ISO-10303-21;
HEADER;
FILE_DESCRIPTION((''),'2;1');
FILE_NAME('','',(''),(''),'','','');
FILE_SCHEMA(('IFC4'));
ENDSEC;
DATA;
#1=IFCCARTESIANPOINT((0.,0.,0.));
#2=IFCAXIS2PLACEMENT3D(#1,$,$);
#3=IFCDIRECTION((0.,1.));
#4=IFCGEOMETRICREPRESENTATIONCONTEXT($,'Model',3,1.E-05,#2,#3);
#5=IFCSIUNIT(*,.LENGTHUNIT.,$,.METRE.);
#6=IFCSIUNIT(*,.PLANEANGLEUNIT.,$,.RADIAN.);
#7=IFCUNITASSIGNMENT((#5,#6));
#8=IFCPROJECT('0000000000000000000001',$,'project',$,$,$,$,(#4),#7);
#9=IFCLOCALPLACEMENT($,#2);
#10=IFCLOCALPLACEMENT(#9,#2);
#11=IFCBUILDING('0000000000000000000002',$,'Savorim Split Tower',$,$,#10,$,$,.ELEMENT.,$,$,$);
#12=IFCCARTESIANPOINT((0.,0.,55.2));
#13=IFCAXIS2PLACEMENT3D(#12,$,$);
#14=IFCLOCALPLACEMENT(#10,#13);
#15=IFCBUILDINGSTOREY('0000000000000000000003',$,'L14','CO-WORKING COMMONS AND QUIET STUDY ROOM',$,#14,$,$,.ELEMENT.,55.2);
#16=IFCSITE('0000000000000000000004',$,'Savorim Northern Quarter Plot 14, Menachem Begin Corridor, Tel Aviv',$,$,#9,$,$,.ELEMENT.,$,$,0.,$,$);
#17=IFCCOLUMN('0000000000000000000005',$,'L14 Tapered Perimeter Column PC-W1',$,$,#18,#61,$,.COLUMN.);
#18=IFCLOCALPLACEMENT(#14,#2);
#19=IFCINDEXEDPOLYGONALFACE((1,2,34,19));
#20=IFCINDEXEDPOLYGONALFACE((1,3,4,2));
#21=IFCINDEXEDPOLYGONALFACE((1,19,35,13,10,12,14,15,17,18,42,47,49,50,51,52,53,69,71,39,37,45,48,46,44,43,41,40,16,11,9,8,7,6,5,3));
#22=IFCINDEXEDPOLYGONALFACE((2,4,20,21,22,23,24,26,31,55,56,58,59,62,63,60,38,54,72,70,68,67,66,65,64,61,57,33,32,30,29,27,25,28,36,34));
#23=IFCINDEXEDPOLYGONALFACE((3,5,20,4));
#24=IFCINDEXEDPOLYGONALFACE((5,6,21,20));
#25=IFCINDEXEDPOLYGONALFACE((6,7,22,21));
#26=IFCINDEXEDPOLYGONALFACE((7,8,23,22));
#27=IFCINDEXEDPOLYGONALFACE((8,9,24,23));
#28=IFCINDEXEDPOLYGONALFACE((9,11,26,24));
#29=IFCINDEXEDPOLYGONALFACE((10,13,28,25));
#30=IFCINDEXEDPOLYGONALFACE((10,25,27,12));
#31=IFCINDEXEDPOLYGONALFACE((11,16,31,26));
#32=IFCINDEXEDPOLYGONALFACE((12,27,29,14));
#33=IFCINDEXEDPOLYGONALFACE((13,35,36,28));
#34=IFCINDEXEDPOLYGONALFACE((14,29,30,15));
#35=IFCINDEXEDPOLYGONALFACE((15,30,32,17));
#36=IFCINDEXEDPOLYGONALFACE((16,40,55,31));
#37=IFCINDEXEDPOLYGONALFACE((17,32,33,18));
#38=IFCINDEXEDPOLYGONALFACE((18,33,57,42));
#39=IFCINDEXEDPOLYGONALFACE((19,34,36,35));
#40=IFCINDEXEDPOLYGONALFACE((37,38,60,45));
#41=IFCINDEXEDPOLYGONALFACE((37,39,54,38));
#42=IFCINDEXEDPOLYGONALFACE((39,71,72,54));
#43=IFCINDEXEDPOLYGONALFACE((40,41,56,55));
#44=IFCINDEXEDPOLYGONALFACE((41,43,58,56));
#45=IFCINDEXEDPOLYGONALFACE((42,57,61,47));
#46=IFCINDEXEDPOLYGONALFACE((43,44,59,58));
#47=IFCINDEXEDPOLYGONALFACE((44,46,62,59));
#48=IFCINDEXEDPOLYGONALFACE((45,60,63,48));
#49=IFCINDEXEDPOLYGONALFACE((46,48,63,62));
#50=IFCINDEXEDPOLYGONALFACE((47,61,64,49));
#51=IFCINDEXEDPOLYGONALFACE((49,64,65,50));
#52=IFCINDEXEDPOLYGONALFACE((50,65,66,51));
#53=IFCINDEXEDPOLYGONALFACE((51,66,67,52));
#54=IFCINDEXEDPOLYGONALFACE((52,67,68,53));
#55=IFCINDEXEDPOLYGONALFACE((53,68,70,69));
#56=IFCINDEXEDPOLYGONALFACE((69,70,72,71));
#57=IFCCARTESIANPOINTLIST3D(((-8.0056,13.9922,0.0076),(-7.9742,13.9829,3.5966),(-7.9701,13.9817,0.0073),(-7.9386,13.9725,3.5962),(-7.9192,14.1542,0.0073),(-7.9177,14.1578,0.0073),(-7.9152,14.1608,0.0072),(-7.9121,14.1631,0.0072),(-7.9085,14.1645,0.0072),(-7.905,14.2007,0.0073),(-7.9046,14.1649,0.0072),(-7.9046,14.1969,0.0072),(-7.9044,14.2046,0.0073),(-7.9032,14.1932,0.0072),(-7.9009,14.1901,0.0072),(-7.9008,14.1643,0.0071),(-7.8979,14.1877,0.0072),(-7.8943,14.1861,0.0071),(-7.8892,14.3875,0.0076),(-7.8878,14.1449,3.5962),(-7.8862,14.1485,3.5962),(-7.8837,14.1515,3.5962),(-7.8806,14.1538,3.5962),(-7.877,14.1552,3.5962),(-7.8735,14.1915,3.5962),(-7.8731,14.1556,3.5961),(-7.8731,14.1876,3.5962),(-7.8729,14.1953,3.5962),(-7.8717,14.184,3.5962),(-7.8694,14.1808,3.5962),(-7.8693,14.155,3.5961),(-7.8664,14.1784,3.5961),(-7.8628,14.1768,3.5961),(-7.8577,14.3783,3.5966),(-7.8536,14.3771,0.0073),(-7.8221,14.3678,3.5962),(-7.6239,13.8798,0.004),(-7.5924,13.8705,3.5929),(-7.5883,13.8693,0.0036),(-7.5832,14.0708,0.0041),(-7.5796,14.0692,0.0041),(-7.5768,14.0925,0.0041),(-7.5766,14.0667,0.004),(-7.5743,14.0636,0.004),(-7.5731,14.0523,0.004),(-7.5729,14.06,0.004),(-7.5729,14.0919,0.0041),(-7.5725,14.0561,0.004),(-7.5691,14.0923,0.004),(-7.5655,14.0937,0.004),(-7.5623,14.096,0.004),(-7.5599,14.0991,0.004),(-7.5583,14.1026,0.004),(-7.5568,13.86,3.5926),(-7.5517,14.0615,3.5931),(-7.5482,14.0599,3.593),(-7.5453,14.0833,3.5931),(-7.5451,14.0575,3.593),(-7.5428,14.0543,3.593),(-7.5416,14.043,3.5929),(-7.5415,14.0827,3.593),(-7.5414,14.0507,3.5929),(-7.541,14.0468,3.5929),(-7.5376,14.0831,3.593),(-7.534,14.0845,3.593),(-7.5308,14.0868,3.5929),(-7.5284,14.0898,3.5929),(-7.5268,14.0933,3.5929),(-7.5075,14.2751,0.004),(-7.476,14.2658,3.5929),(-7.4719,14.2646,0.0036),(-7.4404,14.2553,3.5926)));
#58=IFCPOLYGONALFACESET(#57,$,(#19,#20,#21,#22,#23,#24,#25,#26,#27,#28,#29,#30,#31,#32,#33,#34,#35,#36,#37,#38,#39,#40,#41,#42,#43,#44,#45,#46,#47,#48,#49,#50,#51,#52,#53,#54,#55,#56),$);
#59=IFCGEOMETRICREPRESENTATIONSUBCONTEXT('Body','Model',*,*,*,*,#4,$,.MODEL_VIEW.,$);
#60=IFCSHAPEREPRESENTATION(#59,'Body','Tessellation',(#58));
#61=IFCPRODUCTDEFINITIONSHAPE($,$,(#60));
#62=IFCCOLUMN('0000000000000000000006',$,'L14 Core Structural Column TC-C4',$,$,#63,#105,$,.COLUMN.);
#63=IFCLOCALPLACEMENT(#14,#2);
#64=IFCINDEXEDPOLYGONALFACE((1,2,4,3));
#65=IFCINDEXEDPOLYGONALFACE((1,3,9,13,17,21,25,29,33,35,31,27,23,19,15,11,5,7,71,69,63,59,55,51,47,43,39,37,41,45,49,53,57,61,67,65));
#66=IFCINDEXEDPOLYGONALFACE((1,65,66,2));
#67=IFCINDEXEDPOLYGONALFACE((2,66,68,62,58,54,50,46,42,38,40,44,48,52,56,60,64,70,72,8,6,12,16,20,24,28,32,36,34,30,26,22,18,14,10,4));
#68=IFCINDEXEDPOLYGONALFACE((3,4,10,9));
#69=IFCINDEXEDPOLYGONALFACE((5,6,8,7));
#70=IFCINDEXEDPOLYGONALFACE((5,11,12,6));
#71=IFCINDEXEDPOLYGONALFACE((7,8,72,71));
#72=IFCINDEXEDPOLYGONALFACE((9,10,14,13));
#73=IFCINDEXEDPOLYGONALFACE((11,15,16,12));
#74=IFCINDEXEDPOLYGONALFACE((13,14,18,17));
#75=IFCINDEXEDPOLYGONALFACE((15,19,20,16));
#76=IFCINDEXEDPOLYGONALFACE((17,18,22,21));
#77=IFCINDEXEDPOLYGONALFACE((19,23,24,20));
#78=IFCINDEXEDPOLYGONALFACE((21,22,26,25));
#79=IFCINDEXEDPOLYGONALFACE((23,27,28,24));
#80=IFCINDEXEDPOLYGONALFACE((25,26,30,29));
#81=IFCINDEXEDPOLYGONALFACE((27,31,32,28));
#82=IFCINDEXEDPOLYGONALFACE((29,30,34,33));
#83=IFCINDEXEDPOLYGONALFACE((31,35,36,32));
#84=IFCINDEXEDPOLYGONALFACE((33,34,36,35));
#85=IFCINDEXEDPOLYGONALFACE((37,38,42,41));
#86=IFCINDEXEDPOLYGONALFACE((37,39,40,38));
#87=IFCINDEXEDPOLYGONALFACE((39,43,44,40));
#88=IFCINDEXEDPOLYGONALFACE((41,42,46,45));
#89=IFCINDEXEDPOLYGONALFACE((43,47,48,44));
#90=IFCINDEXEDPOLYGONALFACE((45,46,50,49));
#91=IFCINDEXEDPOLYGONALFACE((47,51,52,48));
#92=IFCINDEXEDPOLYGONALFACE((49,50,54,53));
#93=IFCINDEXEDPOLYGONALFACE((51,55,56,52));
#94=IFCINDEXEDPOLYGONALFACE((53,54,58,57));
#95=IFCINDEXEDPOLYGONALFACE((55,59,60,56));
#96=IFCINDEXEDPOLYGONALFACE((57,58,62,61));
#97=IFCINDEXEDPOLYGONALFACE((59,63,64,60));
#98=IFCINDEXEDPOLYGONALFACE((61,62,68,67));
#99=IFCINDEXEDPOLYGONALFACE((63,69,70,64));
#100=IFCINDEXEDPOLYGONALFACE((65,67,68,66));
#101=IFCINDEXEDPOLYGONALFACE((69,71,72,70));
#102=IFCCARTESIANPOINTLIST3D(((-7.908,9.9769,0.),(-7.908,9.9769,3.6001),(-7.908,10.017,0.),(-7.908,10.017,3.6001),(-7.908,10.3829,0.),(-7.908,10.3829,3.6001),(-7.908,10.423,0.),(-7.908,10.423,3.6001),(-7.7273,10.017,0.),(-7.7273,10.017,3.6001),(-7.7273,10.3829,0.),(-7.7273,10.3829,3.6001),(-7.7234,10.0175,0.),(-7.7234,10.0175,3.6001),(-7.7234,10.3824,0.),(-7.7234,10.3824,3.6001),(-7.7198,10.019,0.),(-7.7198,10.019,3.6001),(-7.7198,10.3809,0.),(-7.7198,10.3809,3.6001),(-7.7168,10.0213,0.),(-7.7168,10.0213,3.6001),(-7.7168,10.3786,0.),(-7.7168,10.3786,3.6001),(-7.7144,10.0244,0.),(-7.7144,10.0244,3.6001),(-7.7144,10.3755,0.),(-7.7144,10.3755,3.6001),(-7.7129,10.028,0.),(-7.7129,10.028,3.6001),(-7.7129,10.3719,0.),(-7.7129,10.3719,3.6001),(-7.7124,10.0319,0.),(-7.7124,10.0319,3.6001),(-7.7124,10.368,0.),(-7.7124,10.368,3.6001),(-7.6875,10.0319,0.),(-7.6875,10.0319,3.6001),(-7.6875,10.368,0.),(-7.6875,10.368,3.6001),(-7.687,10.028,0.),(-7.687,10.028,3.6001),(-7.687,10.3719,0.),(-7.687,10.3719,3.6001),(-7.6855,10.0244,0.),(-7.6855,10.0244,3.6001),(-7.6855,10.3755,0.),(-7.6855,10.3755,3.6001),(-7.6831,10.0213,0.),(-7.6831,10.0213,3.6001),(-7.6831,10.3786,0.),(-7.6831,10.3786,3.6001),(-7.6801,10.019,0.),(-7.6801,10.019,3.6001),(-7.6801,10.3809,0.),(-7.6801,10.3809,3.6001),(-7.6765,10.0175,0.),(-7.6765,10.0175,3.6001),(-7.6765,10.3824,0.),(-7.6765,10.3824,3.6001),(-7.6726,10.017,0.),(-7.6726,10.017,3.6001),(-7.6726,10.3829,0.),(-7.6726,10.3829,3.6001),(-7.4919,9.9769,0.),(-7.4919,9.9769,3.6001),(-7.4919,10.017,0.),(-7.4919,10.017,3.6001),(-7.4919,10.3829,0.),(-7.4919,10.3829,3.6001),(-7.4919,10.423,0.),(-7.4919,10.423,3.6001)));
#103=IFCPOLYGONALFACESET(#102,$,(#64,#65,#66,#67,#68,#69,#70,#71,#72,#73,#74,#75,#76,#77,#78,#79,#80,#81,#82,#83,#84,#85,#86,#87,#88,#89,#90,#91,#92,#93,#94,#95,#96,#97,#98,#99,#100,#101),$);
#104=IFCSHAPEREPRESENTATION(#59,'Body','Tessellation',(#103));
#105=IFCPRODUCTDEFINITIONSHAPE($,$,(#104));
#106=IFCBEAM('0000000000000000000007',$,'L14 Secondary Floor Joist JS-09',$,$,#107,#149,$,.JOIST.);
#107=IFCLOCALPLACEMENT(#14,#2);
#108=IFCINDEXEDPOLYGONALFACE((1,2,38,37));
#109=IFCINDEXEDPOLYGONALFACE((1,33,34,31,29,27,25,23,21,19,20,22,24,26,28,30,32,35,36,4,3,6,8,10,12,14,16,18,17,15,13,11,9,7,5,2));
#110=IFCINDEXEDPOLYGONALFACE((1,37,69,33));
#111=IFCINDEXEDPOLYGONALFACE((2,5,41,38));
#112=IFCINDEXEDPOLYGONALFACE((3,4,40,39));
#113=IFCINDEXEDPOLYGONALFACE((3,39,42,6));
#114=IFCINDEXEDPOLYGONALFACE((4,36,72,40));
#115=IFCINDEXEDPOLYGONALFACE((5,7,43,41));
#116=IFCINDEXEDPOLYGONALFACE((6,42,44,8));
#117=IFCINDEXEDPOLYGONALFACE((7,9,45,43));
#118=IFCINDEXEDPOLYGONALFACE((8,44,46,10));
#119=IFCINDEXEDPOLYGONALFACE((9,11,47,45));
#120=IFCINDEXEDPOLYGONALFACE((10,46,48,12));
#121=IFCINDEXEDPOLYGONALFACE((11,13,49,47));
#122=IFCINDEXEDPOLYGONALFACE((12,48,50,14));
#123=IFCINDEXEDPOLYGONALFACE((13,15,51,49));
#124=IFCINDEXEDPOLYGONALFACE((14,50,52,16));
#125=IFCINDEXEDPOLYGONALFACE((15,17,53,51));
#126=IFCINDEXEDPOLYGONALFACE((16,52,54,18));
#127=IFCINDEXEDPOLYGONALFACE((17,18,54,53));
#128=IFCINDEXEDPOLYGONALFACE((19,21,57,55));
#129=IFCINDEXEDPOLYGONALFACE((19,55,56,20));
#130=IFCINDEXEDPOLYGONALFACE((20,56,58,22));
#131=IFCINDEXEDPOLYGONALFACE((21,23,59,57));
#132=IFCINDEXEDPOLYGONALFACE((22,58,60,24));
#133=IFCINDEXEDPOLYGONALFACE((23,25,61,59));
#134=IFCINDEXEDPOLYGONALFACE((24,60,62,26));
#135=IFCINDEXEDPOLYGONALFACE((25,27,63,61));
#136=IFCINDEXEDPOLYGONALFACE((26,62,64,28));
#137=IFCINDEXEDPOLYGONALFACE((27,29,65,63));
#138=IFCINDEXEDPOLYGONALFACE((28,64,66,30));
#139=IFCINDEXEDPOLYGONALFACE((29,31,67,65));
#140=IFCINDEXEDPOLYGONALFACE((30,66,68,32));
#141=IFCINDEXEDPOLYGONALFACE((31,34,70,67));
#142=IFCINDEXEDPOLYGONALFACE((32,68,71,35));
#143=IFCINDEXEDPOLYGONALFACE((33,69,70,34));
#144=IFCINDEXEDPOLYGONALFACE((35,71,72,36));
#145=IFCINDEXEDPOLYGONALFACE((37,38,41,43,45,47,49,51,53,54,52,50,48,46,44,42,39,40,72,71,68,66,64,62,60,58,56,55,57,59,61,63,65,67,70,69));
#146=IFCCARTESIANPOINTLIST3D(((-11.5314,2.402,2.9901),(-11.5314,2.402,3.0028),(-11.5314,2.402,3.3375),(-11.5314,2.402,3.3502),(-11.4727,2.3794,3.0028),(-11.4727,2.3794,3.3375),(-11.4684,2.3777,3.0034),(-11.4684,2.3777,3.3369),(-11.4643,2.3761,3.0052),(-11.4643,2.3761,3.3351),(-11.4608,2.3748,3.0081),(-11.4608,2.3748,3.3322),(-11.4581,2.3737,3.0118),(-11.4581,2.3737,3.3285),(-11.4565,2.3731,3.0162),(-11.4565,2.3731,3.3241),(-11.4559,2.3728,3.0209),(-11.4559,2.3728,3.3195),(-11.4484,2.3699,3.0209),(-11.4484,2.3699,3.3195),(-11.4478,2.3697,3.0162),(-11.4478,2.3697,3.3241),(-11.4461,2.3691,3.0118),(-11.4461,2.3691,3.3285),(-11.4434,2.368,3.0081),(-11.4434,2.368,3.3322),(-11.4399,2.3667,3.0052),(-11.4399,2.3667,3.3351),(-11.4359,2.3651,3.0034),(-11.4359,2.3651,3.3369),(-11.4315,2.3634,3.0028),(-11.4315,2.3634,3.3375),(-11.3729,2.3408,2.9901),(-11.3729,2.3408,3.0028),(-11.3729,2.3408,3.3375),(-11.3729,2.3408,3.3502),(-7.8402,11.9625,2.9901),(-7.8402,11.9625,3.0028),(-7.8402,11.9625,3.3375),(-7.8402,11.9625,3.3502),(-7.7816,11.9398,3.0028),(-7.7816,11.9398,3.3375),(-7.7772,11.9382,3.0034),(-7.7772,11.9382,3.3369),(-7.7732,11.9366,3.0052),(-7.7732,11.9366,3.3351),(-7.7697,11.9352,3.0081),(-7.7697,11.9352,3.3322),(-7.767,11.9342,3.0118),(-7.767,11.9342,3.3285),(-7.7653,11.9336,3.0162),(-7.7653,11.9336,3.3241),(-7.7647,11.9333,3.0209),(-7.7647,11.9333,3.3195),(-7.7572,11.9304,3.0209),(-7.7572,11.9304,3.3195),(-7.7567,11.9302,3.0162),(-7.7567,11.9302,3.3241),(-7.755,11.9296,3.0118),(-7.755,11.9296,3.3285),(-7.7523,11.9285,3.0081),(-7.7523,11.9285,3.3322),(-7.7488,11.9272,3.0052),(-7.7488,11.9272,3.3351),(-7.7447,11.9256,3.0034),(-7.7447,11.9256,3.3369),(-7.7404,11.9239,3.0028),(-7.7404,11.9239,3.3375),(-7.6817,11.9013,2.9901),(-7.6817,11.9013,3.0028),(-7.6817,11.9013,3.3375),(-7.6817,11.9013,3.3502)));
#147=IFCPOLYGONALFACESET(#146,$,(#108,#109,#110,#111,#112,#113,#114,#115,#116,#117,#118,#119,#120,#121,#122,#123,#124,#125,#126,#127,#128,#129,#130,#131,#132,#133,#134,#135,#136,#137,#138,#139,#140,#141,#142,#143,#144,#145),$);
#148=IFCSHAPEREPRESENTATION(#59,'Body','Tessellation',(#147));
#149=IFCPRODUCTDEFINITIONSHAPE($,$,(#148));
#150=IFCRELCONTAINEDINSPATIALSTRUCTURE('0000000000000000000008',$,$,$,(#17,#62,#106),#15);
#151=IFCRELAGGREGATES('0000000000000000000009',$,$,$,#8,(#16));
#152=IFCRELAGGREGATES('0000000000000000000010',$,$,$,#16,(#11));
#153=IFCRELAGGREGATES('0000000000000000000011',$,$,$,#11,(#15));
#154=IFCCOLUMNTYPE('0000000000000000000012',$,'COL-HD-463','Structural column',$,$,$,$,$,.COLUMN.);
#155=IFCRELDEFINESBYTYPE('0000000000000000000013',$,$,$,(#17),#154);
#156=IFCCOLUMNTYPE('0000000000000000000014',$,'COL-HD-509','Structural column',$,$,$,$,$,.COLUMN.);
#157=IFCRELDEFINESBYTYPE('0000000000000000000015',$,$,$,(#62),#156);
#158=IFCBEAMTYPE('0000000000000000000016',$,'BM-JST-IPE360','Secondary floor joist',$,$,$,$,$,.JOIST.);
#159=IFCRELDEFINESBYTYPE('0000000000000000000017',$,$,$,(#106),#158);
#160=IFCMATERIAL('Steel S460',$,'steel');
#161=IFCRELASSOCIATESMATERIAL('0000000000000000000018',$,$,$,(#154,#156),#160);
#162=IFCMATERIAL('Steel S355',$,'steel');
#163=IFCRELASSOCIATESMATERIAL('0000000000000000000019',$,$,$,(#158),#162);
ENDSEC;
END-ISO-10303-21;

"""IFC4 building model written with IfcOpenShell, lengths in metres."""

from ifc_helpers import new_model, si_unit, direction, frame, origin, origin_2d, place, context, subcontext, project, spatial, i_section, extrude, material, material_profile, profile_set, type_object, element, save


model = new_model("IFC4")

# Units and contexts
model_context = context("Model", 3, precision=1e-05, world=origin(), true_north=direction((0.0, 1.0)))
body_context = subcontext(model_context, "Body", "Model", "MODEL_VIEW")
ifc_project = project(units=[si_unit("LENGTHUNIT", "METRE"), si_unit("PLANEANGLEUNIT", "RADIAN")], contexts=[model_context])

# Site, building, storey
site_placement = place(None, origin())
site = spatial("IfcSite", under=ifc_project, at=site_placement, Name="Savorim Northern Quarter Plot 14, Menachem Begin Corridor, Tel Aviv", CompositionType="ELEMENT", RefElevation=0.0)
building_placement = place(site_placement, origin())
building = spatial("IfcBuilding", under=site, at=building_placement, Name="Savorim Split Tower", CompositionType="ELEMENT")
storey_placement = place(building_placement, frame((0.0, 0.0, 55.2)))
storey = spatial("IfcBuildingStorey", under=building, at=storey_placement, Name="L14", Description="CO-WORKING COMMONS AND QUIET STUDY ROOM", CompositionType="ELEMENT", Elevation=55.2)

# Columns
ifc_material_1 = material(Name="Steel S460", Category="steel")
ifc_material_profile_1 = material_profile(ifc_material_1, i_section(OverallWidth=0.4121, OverallDepth=0.4351, WebThickness=0.0227, FlangeThickness=0.0371, FilletRadius=0.0149, at=origin_2d()), Name="HD 400x463")
ifc_profile_set_1 = profile_set([ifc_material_profile_1], Name="Steel S460")
column_type_1 = type_object("IfcColumnType", Name="COL-HD-463", Description="Structural column", PredefinedType="COLUMN", material=ifc_profile_set_1)
column_1_placement = place(storey_placement, frame((-7.7388, 14.1284, 0.0056), z_axis=(0.008775, -0.002585, 0.999958), x_axis=(0.282569, 0.959247, 0.0)))
element("IfcColumn", 1, at=column_1_placement, inside=storey, type_object=column_type_1, Name="L14 Tapered Perimeter Column PC-W1", PredefinedType="COLUMN", context=body_context, shape_type="SweptSolid", body=[
    extrude(i_section(OverallWidth=0.4121, OverallDepth=0.4351, WebThickness=0.0227, FlangeThickness=0.0371, FilletRadius=0.0149, at=origin_2d()), origin(), (0.0, 0.0, 1.0), 3.5891),
])
ifc_material_profile_2 = material_profile(ifc_material_1, i_section(OverallWidth=0.416, OverallDepth=0.446, WebThickness=0.0249, FlangeThickness=0.04, FilletRadius=0.0149, at=origin_2d()), Name="HD 400x509")
ifc_profile_set_2 = profile_set([ifc_material_profile_2], Name="Steel S460")
column_type_2 = type_object("IfcColumnType", Name="COL-HD-509", Description="Structural column", PredefinedType="COLUMN", material=ifc_profile_set_2)
column_2_placement = place(storey_placement, frame((-7.7, 10.2, 0.0), z_axis=(0.0, 0.0, 1.0), x_axis=(1.0, 0.0, 0.0)))
element("IfcColumn", 2, at=column_2_placement, inside=storey, type_object=column_type_2, Name="L14 Core Structural Column TC-C4", PredefinedType="COLUMN", context=body_context, shape_type="SweptSolid", body=[
    extrude(i_section(OverallWidth=0.416, OverallDepth=0.446, WebThickness=0.0249, FlangeThickness=0.04, FilletRadius=0.0149, at=origin_2d()), origin(), (0.0, 0.0, 1.0), 3.6001),
])

# Beam
ifc_material_2 = material(Name="Steel S355", Category="steel")
ifc_material_profile_3 = material_profile(ifc_material_2, i_section(OverallWidth=0.1699, OverallDepth=0.3601, WebThickness=0.0081, FlangeThickness=0.0127, FilletRadius=0.0181, at=origin_2d()), Name="IPE 360")
ifc_profile_set_3 = profile_set([ifc_material_profile_3], Name="Steel S355")
beam_type_1 = type_object("IfcBeamType", Name="BM-JST-IPE360", Description="Secondary floor joist", PredefinedType="JOIST", material=ifc_profile_set_3)
beam_1_placement = place(storey_placement, frame((-7.761, 11.9319, 3.1702), z_axis=(-0.360171, -0.932886, 0.0), x_axis=(0.932886, -0.360171, 0.0)))
element("IfcBeam", 3, at=beam_1_placement, inside=storey, type_object=beam_type_1, Name="L14 Secondary Floor Joist JS-09", PredefinedType="JOIST", context=body_context, shape_type="SweptSolid", body=[
    extrude(i_section(OverallWidth=0.1699, OverallDepth=0.3601, WebThickness=0.0081, FlangeThickness=0.0127, FilletRadius=0.0181, at=origin_2d()), origin(), (0.0, 0.0, 1.0), 10.2483),
])

save(model, "model.ifc")
